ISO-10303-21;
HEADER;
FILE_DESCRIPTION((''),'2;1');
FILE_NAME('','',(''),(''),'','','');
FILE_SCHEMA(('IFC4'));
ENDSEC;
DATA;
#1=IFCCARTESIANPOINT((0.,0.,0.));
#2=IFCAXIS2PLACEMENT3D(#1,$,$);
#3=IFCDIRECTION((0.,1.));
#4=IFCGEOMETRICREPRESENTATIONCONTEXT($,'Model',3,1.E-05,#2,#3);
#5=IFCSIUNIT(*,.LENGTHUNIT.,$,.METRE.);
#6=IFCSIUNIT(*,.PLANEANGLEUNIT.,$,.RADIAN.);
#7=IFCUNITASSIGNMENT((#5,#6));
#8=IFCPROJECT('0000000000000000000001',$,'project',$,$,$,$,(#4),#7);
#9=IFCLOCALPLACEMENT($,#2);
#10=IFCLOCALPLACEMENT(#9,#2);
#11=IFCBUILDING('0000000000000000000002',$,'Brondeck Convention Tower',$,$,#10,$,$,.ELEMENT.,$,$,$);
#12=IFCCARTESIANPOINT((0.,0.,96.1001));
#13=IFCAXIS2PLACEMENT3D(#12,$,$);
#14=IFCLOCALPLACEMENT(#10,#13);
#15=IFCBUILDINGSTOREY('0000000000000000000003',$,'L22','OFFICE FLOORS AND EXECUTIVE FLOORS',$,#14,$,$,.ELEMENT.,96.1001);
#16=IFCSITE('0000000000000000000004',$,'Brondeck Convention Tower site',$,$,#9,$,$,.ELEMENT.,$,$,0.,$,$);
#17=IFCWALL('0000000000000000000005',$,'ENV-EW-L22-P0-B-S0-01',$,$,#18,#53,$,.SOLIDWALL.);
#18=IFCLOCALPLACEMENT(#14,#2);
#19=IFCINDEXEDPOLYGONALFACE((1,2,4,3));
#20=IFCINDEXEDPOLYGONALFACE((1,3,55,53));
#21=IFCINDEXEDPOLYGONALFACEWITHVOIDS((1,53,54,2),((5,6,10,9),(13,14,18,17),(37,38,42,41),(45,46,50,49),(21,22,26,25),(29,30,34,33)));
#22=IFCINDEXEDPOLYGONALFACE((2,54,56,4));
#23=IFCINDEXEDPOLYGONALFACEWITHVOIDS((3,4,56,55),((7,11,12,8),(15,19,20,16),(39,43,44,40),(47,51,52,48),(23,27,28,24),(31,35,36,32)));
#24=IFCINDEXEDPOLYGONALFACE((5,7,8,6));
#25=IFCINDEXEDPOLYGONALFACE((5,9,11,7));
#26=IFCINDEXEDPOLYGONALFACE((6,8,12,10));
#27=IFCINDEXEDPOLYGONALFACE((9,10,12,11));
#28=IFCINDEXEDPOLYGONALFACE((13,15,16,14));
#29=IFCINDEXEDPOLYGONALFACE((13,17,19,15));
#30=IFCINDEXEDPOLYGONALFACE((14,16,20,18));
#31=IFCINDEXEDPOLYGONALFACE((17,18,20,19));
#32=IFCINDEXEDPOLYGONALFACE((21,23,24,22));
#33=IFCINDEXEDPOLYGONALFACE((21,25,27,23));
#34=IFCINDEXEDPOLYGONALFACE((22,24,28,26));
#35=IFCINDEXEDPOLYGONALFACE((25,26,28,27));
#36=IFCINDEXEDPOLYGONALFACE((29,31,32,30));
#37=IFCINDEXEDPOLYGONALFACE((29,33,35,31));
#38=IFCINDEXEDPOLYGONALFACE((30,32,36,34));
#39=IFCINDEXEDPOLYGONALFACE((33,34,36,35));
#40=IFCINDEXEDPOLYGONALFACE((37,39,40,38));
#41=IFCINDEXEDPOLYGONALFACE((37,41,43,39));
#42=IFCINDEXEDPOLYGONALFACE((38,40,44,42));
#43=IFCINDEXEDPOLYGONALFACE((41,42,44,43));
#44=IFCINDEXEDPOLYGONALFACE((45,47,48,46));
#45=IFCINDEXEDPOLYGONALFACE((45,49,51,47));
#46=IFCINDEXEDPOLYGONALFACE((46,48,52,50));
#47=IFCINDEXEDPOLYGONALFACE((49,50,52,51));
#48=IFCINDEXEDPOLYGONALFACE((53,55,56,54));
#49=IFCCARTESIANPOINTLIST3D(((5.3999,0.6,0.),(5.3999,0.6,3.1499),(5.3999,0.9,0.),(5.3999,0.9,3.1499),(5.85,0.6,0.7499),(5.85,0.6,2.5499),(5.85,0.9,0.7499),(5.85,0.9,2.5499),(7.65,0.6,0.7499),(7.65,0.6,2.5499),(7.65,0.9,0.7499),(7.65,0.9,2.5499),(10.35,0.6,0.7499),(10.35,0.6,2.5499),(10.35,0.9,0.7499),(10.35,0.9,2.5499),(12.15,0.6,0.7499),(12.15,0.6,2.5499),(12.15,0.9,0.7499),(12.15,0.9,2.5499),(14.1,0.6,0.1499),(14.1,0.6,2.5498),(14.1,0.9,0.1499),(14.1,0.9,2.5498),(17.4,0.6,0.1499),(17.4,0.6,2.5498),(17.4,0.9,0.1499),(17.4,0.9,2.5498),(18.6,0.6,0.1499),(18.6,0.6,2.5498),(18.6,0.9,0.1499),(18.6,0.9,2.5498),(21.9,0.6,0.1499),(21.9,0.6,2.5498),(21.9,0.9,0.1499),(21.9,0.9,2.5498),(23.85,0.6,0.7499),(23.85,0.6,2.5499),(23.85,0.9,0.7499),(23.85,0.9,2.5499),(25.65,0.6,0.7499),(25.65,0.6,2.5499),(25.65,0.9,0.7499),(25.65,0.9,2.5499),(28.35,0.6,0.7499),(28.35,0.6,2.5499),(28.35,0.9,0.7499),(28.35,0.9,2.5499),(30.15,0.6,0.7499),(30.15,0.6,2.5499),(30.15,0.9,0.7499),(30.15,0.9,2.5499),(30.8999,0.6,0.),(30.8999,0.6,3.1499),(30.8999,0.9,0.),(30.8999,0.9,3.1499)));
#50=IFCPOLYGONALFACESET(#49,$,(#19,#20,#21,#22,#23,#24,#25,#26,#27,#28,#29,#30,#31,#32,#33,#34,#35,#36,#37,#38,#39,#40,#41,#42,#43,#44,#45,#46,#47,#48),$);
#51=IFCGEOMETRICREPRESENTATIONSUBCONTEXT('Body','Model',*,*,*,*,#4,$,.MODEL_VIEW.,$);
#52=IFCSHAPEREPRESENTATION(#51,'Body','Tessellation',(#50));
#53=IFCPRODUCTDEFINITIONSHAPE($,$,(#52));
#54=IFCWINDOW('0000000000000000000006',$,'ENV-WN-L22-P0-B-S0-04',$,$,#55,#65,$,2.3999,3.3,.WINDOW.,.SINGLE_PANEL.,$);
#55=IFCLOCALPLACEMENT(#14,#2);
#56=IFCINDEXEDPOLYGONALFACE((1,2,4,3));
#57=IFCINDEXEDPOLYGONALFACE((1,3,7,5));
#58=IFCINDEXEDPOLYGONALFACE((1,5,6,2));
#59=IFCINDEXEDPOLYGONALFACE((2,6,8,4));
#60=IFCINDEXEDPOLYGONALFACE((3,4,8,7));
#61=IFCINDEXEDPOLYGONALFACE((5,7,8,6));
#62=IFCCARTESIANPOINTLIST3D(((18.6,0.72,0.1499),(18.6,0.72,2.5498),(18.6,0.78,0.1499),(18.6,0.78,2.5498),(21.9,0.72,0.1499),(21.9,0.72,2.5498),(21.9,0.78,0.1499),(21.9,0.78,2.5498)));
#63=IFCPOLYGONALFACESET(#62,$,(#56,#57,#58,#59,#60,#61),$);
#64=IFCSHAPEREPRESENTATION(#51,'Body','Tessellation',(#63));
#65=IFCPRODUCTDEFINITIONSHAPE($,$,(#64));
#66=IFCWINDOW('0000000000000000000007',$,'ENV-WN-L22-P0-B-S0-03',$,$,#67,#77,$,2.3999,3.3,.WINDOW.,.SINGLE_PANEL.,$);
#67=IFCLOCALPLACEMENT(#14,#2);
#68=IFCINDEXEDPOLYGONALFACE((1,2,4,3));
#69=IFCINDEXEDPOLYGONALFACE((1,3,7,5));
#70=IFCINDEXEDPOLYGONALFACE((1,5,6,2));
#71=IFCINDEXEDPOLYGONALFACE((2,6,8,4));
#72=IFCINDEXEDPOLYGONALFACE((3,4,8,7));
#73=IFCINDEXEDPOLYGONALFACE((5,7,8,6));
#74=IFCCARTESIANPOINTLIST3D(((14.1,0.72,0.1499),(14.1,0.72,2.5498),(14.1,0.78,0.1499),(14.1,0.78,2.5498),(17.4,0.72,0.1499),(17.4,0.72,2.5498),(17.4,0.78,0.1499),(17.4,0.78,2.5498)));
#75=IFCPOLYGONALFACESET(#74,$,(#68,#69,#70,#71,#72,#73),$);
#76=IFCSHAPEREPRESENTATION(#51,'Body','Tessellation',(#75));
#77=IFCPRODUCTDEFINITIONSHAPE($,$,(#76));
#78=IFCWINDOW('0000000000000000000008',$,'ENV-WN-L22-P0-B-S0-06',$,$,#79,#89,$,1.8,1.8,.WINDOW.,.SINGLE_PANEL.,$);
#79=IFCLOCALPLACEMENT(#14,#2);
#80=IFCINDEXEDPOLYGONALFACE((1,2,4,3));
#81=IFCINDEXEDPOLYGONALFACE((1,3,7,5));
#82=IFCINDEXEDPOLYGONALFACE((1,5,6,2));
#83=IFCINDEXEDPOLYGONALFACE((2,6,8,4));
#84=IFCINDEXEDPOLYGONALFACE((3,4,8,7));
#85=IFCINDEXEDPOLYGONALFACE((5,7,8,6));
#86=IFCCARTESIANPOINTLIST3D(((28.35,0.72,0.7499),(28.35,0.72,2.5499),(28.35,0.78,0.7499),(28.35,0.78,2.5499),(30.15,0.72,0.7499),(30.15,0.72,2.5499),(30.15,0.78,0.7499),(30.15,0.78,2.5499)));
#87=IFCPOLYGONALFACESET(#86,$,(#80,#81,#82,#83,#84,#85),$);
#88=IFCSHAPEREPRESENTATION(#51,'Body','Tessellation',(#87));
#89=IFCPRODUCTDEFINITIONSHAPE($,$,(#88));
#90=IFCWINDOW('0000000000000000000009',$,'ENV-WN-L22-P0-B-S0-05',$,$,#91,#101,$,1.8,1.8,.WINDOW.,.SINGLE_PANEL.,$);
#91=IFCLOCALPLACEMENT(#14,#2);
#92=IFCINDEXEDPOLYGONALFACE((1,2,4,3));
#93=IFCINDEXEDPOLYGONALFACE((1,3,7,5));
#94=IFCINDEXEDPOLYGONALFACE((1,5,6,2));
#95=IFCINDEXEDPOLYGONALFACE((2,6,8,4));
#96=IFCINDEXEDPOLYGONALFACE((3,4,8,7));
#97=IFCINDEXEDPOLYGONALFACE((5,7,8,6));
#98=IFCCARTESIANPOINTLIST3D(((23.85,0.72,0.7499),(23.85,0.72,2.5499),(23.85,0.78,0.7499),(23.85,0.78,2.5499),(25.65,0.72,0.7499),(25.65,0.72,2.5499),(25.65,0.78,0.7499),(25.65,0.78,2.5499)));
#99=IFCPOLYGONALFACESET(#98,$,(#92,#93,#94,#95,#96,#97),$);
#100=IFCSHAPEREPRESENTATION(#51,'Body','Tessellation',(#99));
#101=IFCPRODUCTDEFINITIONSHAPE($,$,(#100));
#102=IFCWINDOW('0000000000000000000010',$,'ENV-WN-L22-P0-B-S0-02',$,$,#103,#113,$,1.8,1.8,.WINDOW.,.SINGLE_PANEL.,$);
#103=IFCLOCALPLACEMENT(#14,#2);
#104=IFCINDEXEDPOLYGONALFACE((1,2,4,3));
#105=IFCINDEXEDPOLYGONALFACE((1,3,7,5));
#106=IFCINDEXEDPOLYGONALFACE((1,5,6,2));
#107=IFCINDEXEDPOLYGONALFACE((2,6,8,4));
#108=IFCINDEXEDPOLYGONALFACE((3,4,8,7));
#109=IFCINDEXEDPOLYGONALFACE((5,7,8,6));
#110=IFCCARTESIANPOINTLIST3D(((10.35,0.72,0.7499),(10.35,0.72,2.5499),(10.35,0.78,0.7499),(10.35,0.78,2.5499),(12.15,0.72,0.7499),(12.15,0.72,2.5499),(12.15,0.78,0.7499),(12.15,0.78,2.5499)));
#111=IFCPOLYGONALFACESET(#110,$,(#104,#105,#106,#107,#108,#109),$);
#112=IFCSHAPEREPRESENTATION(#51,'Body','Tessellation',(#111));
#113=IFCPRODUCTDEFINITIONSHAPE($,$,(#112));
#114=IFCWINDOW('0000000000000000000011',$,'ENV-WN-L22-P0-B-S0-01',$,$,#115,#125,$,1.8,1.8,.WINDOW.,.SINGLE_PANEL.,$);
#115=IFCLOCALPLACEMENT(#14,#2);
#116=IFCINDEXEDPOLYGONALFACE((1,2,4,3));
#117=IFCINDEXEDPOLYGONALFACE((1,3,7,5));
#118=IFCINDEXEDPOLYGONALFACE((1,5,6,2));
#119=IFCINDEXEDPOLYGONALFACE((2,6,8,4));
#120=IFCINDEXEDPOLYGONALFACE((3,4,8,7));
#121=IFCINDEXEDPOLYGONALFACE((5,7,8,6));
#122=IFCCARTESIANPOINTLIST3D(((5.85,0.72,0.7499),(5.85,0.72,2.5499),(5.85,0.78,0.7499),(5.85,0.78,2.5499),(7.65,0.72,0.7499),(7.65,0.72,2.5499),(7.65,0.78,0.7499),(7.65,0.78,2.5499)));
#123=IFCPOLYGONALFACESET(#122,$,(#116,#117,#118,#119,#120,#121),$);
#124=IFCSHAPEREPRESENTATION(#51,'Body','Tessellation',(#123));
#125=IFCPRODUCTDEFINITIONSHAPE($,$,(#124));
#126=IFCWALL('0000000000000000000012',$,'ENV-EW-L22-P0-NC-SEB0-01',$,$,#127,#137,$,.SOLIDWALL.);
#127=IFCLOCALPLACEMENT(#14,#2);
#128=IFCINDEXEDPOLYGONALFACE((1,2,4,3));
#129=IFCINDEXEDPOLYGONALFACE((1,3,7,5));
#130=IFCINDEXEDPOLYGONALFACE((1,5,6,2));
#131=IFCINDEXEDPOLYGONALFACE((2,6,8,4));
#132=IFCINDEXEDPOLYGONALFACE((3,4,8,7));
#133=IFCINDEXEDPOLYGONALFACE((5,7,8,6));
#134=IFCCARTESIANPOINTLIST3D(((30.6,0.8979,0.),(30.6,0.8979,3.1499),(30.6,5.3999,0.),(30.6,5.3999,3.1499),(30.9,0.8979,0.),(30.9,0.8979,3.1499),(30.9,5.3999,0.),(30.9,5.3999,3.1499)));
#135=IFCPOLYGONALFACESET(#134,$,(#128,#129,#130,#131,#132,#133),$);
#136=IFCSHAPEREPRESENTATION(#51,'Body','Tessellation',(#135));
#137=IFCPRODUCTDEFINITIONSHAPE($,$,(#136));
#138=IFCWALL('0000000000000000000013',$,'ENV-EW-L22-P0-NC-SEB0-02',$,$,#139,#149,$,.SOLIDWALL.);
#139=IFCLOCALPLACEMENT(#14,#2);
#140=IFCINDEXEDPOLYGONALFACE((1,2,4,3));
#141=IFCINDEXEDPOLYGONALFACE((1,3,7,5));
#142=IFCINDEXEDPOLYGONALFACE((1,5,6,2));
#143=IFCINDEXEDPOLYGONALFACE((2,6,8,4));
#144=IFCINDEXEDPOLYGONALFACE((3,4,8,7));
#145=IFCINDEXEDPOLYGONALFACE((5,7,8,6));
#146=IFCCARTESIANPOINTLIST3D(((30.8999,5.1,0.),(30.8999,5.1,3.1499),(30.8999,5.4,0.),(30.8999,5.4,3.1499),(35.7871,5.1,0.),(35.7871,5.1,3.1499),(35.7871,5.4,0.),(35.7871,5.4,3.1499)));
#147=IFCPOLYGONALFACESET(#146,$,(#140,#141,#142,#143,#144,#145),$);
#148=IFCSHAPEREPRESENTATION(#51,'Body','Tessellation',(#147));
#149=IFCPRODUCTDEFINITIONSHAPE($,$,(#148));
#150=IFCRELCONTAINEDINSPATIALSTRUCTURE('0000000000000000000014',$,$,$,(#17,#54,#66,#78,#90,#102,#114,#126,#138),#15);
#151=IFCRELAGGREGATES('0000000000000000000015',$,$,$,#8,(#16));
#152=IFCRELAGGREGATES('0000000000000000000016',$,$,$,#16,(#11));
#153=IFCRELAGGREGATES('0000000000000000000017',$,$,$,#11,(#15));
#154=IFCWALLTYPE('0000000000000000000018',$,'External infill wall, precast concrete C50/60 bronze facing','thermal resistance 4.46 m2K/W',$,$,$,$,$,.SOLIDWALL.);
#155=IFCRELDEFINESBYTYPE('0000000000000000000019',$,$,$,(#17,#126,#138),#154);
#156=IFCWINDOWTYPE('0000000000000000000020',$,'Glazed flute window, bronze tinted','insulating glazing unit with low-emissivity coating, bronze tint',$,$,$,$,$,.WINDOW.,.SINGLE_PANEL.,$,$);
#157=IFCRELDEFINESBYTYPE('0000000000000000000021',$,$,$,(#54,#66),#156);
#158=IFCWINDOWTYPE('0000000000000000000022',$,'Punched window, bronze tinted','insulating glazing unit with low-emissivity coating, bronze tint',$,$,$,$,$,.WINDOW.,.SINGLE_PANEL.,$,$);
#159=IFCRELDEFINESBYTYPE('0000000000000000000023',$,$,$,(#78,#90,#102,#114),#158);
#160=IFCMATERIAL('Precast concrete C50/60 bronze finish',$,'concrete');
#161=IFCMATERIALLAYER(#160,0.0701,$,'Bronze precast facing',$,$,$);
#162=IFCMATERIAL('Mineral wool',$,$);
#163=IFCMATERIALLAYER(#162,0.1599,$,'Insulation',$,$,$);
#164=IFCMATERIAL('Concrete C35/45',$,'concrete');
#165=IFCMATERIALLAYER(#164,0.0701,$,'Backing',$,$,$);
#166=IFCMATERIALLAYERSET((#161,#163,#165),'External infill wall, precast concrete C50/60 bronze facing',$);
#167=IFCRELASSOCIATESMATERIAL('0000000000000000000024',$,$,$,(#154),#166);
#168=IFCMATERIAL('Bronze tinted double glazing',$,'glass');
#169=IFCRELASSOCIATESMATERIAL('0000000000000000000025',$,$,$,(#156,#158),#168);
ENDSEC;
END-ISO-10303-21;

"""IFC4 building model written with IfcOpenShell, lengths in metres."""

from ifc_helpers import new_model, si_unit, direction, frame, frame_2d, origin, place, context, subcontext, project, spatial, rectangle, extrude, material, layer, layer_set, type_object, element, fill, save


model = new_model("IFC4")

# Units and contexts
model_context = context("Model", 3, precision=1e-05, world=origin(), true_north=direction((0.0, 1.0)))
body_context = subcontext(model_context, "Body", "Model", "MODEL_VIEW")
ifc_project = project(units=[si_unit("LENGTHUNIT", "METRE"), si_unit("PLANEANGLEUNIT", "RADIAN")], contexts=[model_context])

# Site, building, storey
site_placement = place(None, origin())
site = spatial("IfcSite", under=ifc_project, at=site_placement, Name="Brondeck Convention Tower site", CompositionType="ELEMENT", RefElevation=0.0)
building_placement = place(site_placement, origin())
building = spatial("IfcBuilding", under=site, at=building_placement, Name="Brondeck Convention Tower", CompositionType="ELEMENT")
storey_placement = place(building_placement, frame((0.0, 0.0, 96.1001)))
storey = spatial("IfcBuildingStorey", under=building, at=storey_placement, Name="L22", Description="OFFICE FLOORS AND EXECUTIVE FLOORS", CompositionType="ELEMENT", Elevation=96.1001)

# Wall, openings, windows
ifc_material_1 = material(Name="Precast concrete C50/60 bronze finish", Category="concrete")
ifc_layer_1 = layer(ifc_material_1, 0.0701, Name="Bronze precast facing")
ifc_material_2 = material(Name="Mineral wool")
ifc_layer_2 = layer(ifc_material_2, 0.1599, Name="Insulation")
ifc_material_3 = material(Name="Concrete C35/45", Category="concrete")
ifc_layer_3 = layer(ifc_material_3, 0.0701, Name="Backing")
ifc_layer_set = layer_set([ifc_layer_1, ifc_layer_2, ifc_layer_3], Name="External infill wall, precast concrete C50/60 bronze facing")
wall_type = type_object("IfcWallType", Name="External infill wall, precast concrete C50/60 bronze facing", Description="thermal resistance 4.46 m2K/W", PredefinedType="SOLIDWALL", material=ifc_layer_set)
wall_1_placement = place(storey_placement, frame((30.8999, 0.75, 0.0), z_axis=(0.0, 0.0, 1.0), x_axis=(-1.0, 0.0, 0.0)))
wall_1 = element("IfcWall", 1, at=wall_1_placement, inside=storey, type_object=wall_type, Name="ENV-EW-L22-P0-B-S0-01", PredefinedType="SOLIDWALL", context=body_context, shape_type="SweptSolid", body=[
    extrude(rectangle(XDim=25.5, YDim=0.3, at=frame_2d((12.75, 0.0))), origin(), (0.0, 0.0, 1.0), 3.1499),
])
opening_1_placement = place(wall_1_placement, frame((0.75, 0.0, 0.75)))
opening_1 = element("IfcOpeningElement", 2, at=opening_1_placement, cuts=wall_1, PredefinedType="OPENING", context=body_context, shape_type="SweptSolid", body=[
    extrude(rectangle(XDim=1.8, YDim=1.8, at=frame_2d((0.8999, 0.8999))), frame((0.0, 0.1599, 0.0), z_axis=(0.0, -1.0, 0.0), x_axis=(1.0, 0.0, 0.0)), (0.0, 0.0, 1.0), 0.3201),
])
opening_2_placement = place(wall_1_placement, frame((5.25, 0.0, 0.75)))
opening_2 = element("IfcOpeningElement", 3, at=opening_2_placement, cuts=wall_1, PredefinedType="OPENING", context=body_context, shape_type="SweptSolid", body=[
    extrude(rectangle(XDim=1.8, YDim=1.8, at=frame_2d((0.8999, 0.8999))), frame((0.0, 0.1599, 0.0), z_axis=(0.0, -1.0, 0.0), x_axis=(1.0, 0.0, 0.0)), (0.0, 0.0, 1.0), 0.3201),
])
opening_3_placement = place(wall_1_placement, frame((9.0, 0.0, 0.1499)))
opening_3 = element("IfcOpeningElement", 4, at=opening_3_placement, cuts=wall_1, PredefinedType="OPENING", context=body_context, shape_type="SweptSolid", body=[
    extrude(rectangle(XDim=3.3, YDim=2.3999, at=frame_2d((1.6499, 1.2))), frame((0.0, 0.1599, 0.0), z_axis=(0.0, -1.0, 0.0), x_axis=(1.0, 0.0, 0.0)), (0.0, 0.0, 1.0), 0.3201),
])
opening_4_placement = place(wall_1_placement, frame((13.5, 0.0, 0.1499)))
opening_4 = element("IfcOpeningElement", 5, at=opening_4_placement, cuts=wall_1, PredefinedType="OPENING", context=body_context, shape_type="SweptSolid", body=[
    extrude(rectangle(XDim=3.3, YDim=2.3999, at=frame_2d((1.6499, 1.2))), frame((0.0, 0.1599, 0.0), z_axis=(0.0, -1.0, 0.0), x_axis=(1.0, 0.0, 0.0)), (0.0, 0.0, 1.0), 0.3201),
])
opening_5_placement = place(wall_1_placement, frame((18.75, 0.0, 0.75)))
opening_5 = element("IfcOpeningElement", 6, at=opening_5_placement, cuts=wall_1, PredefinedType="OPENING", context=body_context, shape_type="SweptSolid", body=[
    extrude(rectangle(XDim=1.8, YDim=1.8, at=frame_2d((0.8999, 0.8999))), frame((0.0, 0.1599, 0.0), z_axis=(0.0, -1.0, 0.0), x_axis=(1.0, 0.0, 0.0)), (0.0, 0.0, 1.0), 0.3201),
])
opening_6_placement = place(wall_1_placement, frame((23.25, 0.0, 0.75)))
opening_6 = element("IfcOpeningElement", 7, at=opening_6_placement, cuts=wall_1, PredefinedType="OPENING", context=body_context, shape_type="SweptSolid", body=[
    extrude(rectangle(XDim=1.8, YDim=1.8, at=frame_2d((0.8999, 0.8999))), frame((0.0, 0.1599, 0.0), z_axis=(0.0, -1.0, 0.0), x_axis=(1.0, 0.0, 0.0)), (0.0, 0.0, 1.0), 0.3201),
])
ifc_material_4 = material(Name="Bronze tinted double glazing", Category="glass")
window_type_1 = type_object("IfcWindowType", Name="Glazed flute window, bronze tinted", Description="insulating glazing unit with low-emissivity coating, bronze tint", PartitioningType="SINGLE_PANEL", PredefinedType="WINDOW", material=ifc_material_4)
window_1_placement = place(opening_3_placement, origin())
window_1 = element("IfcWindow", 8, at=window_1_placement, inside=storey, type_object=window_type_1, Name="ENV-WN-L22-P0-B-S0-04", OverallHeight=2.3999, OverallWidth=3.3, PartitioningType="SINGLE_PANEL", PredefinedType="WINDOW", context=body_context, shape_type="SweptSolid", body=[
    extrude(rectangle(XDim=3.3, YDim=2.3999, at=frame_2d((1.6499, 1.2))), frame((0.0, 0.03, 0.0), z_axis=(0.0, -1.0, 0.0), x_axis=(1.0, 0.0, 0.0)), (0.0, 0.0, 1.0), 0.0601),
])
fill(opening_3, window_1)
window_2_placement = place(opening_4_placement, origin())
window_2 = element("IfcWindow", 9, at=window_2_placement, inside=storey, type_object=window_type_1, Name="ENV-WN-L22-P0-B-S0-03", OverallHeight=2.3999, OverallWidth=3.3, PartitioningType="SINGLE_PANEL", PredefinedType="WINDOW", context=body_context, shape_type="SweptSolid", body=[
    extrude(rectangle(XDim=3.3, YDim=2.3999, at=frame_2d((1.6499, 1.2))), frame((0.0, 0.03, 0.0), z_axis=(0.0, -1.0, 0.0), x_axis=(1.0, 0.0, 0.0)), (0.0, 0.0, 1.0), 0.0601),
])
fill(opening_4, window_2)
window_type_2 = type_object("IfcWindowType", Name="Punched window, bronze tinted", Description="insulating glazing unit with low-emissivity coating, bronze tint", PartitioningType="SINGLE_PANEL", PredefinedType="WINDOW", material=ifc_material_4)
window_3_placement = place(opening_1_placement, origin())
window_3 = element("IfcWindow", 10, at=window_3_placement, inside=storey, type_object=window_type_2, Name="ENV-WN-L22-P0-B-S0-06", OverallHeight=1.8, OverallWidth=1.8, PartitioningType="SINGLE_PANEL", PredefinedType="WINDOW", context=body_context, shape_type="SweptSolid", body=[
    extrude(rectangle(XDim=1.8, YDim=1.8, at=frame_2d((0.8999, 0.8999))), frame((0.0, 0.03, 0.0), z_axis=(0.0, -1.0, 0.0), x_axis=(1.0, 0.0, 0.0)), (0.0, 0.0, 1.0), 0.0601),
])
fill(opening_1, window_3)
window_4_placement = place(opening_2_placement, origin())
window_4 = element("IfcWindow", 11, at=window_4_placement, inside=storey, type_object=window_type_2, Name="ENV-WN-L22-P0-B-S0-05", OverallHeight=1.8, OverallWidth=1.8, PartitioningType="SINGLE_PANEL", PredefinedType="WINDOW", context=body_context, shape_type="SweptSolid", body=[
    extrude(rectangle(XDim=1.8, YDim=1.8, at=frame_2d((0.8999, 0.8999))), frame((0.0, 0.03, 0.0), z_axis=(0.0, -1.0, 0.0), x_axis=(1.0, 0.0, 0.0)), (0.0, 0.0, 1.0), 0.0601),
])
fill(opening_2, window_4)
window_5_placement = place(opening_5_placement, origin())
window_5 = element("IfcWindow", 12, at=window_5_placement, inside=storey, type_object=window_type_2, Name="ENV-WN-L22-P0-B-S0-02", OverallHeight=1.8, OverallWidth=1.8, PartitioningType="SINGLE_PANEL", PredefinedType="WINDOW", context=body_context, shape_type="SweptSolid", body=[
    extrude(rectangle(XDim=1.8, YDim=1.8, at=frame_2d((0.8999, 0.8999))), frame((0.0, 0.03, 0.0), z_axis=(0.0, -1.0, 0.0), x_axis=(1.0, 0.0, 0.0)), (0.0, 0.0, 1.0), 0.0601),
])
fill(opening_5, window_5)
window_6_placement = place(opening_6_placement, origin())
window_6 = element("IfcWindow", 13, at=window_6_placement, inside=storey, type_object=window_type_2, Name="ENV-WN-L22-P0-B-S0-01", OverallHeight=1.8, OverallWidth=1.8, PartitioningType="SINGLE_PANEL", PredefinedType="WINDOW", context=body_context, shape_type="SweptSolid", body=[
    extrude(rectangle(XDim=1.8, YDim=1.8, at=frame_2d((0.8999, 0.8999))), frame((0.0, 0.03, 0.0), z_axis=(0.0, -1.0, 0.0), x_axis=(1.0, 0.0, 0.0)), (0.0, 0.0, 1.0), 0.0601),
])
fill(opening_6, window_6)

# Walls
wall_2_placement = place(storey_placement, frame((30.75, 5.3999, 0.0), z_axis=(0.0, 0.0, 1.0), x_axis=(0.0, -1.0, 0.0)))
element("IfcWall", 14, at=wall_2_placement, inside=storey, type_object=wall_type, Name="ENV-EW-L22-P0-NC-SEB0-01", PredefinedType="SOLIDWALL", context=body_context, shape_type="SweptSolid", body=[
    extrude(rectangle(XDim=4.502, YDim=0.3, at=frame_2d((2.251, 0.0))), origin(), (0.0, 0.0, 1.0), 3.1499),
])
wall_3_placement = place(storey_placement, frame((35.7871, 5.25, 0.0), z_axis=(0.0, 0.0, 1.0), x_axis=(-1.0, 0.0, 0.0)))
element("IfcWall", 15, at=wall_3_placement, inside=storey, type_object=wall_type, Name="ENV-EW-L22-P0-NC-SEB0-02", PredefinedType="SOLIDWALL", context=body_context, shape_type="SweptSolid", body=[
    extrude(rectangle(XDim=4.8872, YDim=0.3, at=frame_2d((2.4436, 0.0))), origin(), (0.0, 0.0, 1.0), 3.1499),
])

save(model, "model.ifc")
